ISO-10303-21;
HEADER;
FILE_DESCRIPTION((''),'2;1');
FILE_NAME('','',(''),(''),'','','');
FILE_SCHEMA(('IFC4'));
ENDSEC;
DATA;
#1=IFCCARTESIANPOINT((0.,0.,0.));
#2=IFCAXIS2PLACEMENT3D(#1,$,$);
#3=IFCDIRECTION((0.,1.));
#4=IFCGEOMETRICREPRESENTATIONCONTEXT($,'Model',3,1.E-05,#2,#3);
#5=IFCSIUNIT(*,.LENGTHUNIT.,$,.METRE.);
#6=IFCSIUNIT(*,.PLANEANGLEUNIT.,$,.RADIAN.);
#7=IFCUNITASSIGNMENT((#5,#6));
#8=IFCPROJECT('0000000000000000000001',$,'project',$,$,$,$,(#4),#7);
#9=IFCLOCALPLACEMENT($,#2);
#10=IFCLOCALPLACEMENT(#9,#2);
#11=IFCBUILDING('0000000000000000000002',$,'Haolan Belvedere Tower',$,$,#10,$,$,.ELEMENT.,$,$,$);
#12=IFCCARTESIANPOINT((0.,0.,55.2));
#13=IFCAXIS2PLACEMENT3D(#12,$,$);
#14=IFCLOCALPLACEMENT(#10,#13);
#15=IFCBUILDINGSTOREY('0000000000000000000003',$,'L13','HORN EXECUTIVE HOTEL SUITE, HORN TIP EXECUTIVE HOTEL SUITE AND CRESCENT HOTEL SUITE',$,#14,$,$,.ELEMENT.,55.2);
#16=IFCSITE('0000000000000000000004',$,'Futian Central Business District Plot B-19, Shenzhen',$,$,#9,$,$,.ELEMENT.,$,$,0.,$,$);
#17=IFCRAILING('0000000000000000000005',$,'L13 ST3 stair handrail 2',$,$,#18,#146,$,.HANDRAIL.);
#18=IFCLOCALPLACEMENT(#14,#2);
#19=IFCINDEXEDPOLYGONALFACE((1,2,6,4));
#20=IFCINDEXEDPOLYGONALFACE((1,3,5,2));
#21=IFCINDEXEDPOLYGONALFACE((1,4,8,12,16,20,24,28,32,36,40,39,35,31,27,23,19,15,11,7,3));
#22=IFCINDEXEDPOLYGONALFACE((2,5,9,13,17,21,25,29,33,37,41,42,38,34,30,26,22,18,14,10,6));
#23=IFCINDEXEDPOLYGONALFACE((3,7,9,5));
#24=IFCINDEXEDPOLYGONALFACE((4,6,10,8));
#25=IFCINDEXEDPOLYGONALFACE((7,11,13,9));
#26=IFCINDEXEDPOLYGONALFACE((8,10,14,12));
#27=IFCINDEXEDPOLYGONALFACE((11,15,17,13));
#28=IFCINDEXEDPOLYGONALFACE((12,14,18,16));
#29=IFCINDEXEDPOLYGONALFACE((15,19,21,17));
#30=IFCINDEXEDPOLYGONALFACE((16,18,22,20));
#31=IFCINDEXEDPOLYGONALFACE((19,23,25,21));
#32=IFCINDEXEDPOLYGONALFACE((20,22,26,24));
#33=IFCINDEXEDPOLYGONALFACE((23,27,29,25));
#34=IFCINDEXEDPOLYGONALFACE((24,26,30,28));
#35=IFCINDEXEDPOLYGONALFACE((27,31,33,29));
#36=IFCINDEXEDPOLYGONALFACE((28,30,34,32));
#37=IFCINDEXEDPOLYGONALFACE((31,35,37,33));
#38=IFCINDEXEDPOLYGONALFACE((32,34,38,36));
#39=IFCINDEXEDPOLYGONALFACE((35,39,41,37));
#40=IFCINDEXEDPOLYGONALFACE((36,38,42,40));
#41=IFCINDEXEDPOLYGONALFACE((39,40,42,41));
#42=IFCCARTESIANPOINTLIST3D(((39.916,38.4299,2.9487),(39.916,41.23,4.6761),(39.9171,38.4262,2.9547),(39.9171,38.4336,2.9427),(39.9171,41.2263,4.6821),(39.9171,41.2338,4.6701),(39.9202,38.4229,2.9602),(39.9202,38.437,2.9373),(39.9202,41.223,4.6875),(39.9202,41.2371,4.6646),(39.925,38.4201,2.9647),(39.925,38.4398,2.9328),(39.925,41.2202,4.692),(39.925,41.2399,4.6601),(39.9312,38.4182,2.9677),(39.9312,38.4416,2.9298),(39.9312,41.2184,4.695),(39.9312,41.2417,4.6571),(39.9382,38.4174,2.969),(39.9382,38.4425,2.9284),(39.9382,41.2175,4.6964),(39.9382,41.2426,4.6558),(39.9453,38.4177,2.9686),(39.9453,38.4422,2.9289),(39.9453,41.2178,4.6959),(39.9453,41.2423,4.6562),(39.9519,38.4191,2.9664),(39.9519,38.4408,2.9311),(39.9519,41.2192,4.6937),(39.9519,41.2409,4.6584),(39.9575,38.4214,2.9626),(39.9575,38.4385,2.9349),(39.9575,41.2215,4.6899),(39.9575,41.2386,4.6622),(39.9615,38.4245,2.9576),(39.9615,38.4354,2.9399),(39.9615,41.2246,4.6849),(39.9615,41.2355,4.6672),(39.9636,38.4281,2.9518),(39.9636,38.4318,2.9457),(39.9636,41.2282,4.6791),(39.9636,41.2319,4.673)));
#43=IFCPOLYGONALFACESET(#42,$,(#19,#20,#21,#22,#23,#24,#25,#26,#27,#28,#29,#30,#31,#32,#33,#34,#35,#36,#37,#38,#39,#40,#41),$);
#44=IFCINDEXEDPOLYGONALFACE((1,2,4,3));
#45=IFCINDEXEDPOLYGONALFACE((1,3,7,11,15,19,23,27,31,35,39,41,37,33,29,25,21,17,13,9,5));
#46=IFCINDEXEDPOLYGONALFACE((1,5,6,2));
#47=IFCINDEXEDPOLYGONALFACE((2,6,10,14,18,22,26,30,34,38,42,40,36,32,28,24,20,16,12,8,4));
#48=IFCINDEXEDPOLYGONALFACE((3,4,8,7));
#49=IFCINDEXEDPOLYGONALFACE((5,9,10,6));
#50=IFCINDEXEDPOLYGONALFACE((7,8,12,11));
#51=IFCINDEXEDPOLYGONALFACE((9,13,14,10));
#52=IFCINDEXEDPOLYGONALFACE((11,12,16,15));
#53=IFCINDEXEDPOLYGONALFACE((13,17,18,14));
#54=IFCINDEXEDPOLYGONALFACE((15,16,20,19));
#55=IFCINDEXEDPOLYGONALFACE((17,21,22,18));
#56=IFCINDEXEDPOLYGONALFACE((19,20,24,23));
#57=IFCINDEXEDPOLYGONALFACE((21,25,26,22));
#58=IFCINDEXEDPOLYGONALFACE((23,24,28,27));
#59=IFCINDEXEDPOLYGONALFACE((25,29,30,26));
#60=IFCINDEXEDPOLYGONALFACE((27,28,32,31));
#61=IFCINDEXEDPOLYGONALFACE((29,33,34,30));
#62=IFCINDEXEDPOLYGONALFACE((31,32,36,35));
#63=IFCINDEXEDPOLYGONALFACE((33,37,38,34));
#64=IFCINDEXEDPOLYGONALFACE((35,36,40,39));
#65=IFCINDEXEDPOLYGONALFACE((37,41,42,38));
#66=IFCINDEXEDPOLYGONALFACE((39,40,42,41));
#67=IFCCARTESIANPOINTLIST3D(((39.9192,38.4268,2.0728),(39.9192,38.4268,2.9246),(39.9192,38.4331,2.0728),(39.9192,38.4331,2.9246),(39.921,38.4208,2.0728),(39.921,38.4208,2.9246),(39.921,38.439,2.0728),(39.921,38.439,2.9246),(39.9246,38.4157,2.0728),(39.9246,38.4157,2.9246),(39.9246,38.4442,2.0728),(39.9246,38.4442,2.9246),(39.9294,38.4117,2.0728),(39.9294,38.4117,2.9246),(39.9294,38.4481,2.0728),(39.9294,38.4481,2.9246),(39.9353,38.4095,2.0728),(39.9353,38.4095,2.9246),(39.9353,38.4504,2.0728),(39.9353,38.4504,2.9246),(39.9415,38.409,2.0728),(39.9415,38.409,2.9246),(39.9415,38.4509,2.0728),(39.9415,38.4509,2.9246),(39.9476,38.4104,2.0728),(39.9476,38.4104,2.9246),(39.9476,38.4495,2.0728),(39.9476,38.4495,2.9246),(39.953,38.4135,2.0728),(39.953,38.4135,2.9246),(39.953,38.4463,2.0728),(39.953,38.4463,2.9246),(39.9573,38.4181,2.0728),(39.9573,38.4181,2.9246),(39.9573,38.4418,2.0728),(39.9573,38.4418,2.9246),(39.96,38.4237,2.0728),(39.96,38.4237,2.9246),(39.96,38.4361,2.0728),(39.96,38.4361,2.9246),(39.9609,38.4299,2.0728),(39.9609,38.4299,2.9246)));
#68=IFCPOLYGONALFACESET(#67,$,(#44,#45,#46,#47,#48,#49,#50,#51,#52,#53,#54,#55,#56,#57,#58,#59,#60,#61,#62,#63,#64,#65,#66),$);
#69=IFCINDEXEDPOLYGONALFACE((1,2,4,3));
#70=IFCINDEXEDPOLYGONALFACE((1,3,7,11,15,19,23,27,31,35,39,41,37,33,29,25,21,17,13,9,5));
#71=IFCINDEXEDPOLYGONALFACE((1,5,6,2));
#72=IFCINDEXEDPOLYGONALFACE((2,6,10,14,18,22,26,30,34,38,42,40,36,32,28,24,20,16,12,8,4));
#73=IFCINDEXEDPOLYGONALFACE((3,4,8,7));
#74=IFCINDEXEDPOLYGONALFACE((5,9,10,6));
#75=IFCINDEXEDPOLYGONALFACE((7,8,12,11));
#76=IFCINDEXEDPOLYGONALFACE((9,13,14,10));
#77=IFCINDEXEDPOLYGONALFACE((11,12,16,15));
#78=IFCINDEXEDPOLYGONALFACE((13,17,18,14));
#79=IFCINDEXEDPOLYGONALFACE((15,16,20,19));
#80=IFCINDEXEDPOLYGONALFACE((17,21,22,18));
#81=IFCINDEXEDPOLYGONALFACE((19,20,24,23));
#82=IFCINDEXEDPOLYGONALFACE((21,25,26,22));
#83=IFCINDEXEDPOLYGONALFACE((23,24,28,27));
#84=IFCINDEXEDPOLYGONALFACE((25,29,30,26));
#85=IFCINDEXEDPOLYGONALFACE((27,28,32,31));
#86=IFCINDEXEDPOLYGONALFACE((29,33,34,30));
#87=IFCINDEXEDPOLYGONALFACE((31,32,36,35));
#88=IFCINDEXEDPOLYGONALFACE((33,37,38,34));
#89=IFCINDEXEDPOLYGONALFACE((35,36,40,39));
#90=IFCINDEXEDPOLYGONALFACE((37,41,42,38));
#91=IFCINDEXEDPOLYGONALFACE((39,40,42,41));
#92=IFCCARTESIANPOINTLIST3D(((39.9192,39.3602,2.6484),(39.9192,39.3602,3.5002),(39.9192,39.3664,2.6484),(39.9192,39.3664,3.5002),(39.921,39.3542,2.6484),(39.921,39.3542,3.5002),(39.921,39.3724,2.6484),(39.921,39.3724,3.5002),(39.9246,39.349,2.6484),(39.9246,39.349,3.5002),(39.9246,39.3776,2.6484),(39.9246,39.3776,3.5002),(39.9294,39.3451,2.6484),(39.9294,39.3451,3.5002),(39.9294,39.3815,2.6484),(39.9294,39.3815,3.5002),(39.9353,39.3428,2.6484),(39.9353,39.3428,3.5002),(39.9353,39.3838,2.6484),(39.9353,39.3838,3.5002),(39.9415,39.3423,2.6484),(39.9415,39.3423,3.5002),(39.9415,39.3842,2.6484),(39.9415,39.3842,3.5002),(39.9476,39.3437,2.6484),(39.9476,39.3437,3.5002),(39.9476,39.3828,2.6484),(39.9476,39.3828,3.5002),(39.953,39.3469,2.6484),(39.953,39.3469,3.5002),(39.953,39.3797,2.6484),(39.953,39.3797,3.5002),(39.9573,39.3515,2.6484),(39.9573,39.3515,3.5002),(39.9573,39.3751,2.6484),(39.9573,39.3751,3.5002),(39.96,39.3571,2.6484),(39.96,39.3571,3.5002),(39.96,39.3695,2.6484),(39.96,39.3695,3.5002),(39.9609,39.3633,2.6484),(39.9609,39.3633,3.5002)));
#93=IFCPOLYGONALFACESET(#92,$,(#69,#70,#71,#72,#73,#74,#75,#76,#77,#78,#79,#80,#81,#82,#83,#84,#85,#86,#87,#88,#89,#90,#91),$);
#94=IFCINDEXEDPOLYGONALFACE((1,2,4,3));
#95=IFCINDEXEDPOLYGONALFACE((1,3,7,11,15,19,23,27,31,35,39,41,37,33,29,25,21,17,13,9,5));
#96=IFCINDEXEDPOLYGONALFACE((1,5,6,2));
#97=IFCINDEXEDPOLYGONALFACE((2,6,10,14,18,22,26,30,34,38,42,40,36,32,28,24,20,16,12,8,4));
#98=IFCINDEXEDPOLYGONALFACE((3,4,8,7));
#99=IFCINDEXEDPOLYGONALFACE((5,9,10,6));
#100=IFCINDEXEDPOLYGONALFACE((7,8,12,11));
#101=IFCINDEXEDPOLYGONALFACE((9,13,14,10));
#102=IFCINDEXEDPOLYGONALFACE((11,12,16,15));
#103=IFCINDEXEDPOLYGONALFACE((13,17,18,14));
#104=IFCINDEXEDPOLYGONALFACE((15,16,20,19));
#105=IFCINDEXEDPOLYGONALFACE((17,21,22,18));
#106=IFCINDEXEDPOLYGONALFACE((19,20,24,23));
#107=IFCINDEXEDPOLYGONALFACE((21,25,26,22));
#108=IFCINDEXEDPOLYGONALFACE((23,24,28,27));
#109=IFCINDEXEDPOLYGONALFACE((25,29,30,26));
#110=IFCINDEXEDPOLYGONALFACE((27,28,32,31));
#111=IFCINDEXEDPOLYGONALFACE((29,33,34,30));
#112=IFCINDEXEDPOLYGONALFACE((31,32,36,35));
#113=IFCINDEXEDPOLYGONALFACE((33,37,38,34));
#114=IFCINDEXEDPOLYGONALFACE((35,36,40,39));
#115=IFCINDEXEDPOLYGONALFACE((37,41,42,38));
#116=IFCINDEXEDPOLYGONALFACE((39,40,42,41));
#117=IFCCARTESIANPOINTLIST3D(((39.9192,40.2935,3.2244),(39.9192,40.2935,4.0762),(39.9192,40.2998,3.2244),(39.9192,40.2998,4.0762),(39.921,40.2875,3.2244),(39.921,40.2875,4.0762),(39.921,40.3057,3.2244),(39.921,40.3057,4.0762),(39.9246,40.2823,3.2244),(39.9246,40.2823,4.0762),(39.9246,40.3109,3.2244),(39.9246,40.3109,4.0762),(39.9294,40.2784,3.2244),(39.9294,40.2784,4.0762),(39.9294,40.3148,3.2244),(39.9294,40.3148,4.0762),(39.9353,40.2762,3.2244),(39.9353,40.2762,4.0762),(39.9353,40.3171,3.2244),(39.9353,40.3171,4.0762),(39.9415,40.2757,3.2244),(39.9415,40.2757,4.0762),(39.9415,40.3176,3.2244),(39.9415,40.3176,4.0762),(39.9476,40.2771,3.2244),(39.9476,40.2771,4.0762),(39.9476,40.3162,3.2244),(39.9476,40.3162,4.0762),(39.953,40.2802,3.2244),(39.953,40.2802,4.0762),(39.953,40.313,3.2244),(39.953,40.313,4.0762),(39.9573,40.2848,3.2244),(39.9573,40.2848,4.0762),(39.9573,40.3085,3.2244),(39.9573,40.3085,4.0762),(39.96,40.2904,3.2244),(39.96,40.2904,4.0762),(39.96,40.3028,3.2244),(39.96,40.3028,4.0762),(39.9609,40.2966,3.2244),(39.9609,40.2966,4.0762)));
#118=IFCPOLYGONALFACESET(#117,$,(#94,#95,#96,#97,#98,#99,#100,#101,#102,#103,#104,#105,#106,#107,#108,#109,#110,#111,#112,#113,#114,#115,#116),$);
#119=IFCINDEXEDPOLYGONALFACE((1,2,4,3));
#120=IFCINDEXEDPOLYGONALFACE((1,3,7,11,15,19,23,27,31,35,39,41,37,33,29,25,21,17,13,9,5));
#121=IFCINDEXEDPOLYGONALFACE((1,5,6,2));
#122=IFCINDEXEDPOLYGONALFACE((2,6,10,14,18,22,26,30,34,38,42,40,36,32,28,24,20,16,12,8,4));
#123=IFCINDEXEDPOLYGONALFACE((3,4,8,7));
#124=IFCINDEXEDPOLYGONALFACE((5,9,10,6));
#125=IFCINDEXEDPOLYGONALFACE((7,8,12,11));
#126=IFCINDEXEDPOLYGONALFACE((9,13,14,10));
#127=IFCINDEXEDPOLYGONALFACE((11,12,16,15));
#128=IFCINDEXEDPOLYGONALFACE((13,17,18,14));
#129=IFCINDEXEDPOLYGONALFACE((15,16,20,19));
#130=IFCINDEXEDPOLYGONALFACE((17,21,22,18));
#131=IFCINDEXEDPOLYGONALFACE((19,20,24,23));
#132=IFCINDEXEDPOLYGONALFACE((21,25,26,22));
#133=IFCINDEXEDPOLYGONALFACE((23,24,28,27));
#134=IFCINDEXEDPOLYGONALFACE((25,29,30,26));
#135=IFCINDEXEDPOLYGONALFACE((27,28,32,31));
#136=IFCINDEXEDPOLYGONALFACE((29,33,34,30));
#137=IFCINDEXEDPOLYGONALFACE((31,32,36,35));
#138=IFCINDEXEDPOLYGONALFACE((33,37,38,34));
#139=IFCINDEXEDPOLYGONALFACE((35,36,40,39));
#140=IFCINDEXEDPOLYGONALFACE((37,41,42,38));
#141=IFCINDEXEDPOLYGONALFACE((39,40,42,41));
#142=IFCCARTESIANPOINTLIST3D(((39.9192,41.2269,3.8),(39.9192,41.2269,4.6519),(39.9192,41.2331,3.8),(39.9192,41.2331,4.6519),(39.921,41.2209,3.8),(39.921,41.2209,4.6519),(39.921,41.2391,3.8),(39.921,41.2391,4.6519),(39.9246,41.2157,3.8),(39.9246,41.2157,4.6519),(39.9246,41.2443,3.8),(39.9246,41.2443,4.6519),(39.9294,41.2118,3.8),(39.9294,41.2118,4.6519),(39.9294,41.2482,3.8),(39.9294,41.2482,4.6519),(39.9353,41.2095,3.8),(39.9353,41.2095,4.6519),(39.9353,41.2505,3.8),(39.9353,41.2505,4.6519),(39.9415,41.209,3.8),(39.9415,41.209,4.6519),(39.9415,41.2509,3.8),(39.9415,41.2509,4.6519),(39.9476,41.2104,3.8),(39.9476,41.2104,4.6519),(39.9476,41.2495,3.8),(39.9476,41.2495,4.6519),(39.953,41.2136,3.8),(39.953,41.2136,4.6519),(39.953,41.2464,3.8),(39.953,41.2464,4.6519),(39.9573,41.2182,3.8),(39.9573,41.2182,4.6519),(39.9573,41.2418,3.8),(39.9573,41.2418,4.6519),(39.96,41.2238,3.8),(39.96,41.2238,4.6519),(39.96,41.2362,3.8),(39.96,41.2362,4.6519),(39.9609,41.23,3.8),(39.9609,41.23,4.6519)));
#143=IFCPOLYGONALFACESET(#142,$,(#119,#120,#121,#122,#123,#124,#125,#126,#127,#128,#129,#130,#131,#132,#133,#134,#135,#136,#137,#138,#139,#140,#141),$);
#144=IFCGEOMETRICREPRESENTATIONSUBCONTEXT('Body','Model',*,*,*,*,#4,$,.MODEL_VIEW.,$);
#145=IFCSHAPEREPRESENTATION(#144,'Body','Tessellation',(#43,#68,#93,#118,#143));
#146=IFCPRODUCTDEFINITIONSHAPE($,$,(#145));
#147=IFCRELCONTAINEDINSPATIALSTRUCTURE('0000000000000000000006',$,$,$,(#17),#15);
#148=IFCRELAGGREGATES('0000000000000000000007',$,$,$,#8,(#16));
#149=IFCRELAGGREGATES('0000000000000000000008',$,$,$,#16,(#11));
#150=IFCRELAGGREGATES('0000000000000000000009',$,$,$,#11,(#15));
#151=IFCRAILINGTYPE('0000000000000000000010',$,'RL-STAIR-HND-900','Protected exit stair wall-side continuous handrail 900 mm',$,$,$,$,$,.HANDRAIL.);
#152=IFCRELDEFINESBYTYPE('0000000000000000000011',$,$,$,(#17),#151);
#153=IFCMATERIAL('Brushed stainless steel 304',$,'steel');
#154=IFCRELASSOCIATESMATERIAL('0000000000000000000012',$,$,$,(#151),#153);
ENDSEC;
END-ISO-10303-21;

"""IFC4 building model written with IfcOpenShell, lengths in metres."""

from ifc_helpers import new_model, si_unit, direction, frame, origin, origin_2d, place, context, subcontext, project, spatial, circle, extrude, material, type_object, element, save


model = new_model("IFC4")

# Units and contexts
model_context = context("Model", 3, precision=1e-05, world=origin(), true_north=direction((0.0, 1.0)))
body_context = subcontext(model_context, "Body", "Model", "MODEL_VIEW")
ifc_project = project(units=[si_unit("LENGTHUNIT", "METRE"), si_unit("PLANEANGLEUNIT", "RADIAN")], contexts=[model_context])

# Site, building, storey
site_placement = place(None, origin())
site = spatial("IfcSite", under=ifc_project, at=site_placement, Name="Futian Central Business District Plot B-19, Shenzhen", CompositionType="ELEMENT", RefElevation=0.0)
building_placement = place(site_placement, origin())
building = spatial("IfcBuilding", under=site, at=building_placement, Name="Haolan Belvedere Tower", CompositionType="ELEMENT")
storey_placement = place(building_placement, frame((0.0, 0.0, 55.2)))
storey = spatial("IfcBuildingStorey", under=building, at=storey_placement, Name="L13", Description="HORN EXECUTIVE HOTEL SUITE, HORN TIP EXECUTIVE HOTEL SUITE AND CRESCENT HOTEL SUITE", CompositionType="ELEMENT", Elevation=55.2)

# Railing
ifc_material_1 = material(Name="Brushed stainless steel 304", Category="steel")
railing_type_1 = type_object("IfcRailingType", Name="RL-STAIR-HND-900", Description="Protected exit stair wall-side continuous handrail 900 mm", PredefinedType="HANDRAIL", material=ifc_material_1)
railing_1_placement = place(storey_placement, frame((39.9399, 38.4299, 2.0728)))
element("IfcRailing", 1, at=railing_1_placement, inside=storey, type_object=railing_type_1, Name="L13 ST3 stair handrail 2", PredefinedType="HANDRAIL", context=body_context, shape_type="SweptSolid", body=[
    extrude(circle(Radius=0.0239, at=origin_2d()), frame((0.0, 0.0, 0.876), z_axis=(0.0, 0.85109, 0.52502), x_axis=(-1.0, 0.0, 0.0)), (0.0, 0.0, 1.0), 3.29),
    extrude(circle(Radius=0.021, at=origin_2d()), origin(), (0.0, 0.0, 1.0), 0.8518),
    extrude(circle(Radius=0.021, at=origin_2d()), frame((0.0, 0.9333, 0.5757)), (0.0, 0.0, 1.0), 0.8518),
    extrude(circle(Radius=0.021, at=origin_2d()), frame((0.0, 1.8667, 1.1516)), (0.0, 0.0, 1.0), 0.8518),
    extrude(circle(Radius=0.021, at=origin_2d()), frame((0.0, 2.8, 1.7273)), (0.0, 0.0, 1.0), 0.8518),
])

save(model, "model.ifc")
